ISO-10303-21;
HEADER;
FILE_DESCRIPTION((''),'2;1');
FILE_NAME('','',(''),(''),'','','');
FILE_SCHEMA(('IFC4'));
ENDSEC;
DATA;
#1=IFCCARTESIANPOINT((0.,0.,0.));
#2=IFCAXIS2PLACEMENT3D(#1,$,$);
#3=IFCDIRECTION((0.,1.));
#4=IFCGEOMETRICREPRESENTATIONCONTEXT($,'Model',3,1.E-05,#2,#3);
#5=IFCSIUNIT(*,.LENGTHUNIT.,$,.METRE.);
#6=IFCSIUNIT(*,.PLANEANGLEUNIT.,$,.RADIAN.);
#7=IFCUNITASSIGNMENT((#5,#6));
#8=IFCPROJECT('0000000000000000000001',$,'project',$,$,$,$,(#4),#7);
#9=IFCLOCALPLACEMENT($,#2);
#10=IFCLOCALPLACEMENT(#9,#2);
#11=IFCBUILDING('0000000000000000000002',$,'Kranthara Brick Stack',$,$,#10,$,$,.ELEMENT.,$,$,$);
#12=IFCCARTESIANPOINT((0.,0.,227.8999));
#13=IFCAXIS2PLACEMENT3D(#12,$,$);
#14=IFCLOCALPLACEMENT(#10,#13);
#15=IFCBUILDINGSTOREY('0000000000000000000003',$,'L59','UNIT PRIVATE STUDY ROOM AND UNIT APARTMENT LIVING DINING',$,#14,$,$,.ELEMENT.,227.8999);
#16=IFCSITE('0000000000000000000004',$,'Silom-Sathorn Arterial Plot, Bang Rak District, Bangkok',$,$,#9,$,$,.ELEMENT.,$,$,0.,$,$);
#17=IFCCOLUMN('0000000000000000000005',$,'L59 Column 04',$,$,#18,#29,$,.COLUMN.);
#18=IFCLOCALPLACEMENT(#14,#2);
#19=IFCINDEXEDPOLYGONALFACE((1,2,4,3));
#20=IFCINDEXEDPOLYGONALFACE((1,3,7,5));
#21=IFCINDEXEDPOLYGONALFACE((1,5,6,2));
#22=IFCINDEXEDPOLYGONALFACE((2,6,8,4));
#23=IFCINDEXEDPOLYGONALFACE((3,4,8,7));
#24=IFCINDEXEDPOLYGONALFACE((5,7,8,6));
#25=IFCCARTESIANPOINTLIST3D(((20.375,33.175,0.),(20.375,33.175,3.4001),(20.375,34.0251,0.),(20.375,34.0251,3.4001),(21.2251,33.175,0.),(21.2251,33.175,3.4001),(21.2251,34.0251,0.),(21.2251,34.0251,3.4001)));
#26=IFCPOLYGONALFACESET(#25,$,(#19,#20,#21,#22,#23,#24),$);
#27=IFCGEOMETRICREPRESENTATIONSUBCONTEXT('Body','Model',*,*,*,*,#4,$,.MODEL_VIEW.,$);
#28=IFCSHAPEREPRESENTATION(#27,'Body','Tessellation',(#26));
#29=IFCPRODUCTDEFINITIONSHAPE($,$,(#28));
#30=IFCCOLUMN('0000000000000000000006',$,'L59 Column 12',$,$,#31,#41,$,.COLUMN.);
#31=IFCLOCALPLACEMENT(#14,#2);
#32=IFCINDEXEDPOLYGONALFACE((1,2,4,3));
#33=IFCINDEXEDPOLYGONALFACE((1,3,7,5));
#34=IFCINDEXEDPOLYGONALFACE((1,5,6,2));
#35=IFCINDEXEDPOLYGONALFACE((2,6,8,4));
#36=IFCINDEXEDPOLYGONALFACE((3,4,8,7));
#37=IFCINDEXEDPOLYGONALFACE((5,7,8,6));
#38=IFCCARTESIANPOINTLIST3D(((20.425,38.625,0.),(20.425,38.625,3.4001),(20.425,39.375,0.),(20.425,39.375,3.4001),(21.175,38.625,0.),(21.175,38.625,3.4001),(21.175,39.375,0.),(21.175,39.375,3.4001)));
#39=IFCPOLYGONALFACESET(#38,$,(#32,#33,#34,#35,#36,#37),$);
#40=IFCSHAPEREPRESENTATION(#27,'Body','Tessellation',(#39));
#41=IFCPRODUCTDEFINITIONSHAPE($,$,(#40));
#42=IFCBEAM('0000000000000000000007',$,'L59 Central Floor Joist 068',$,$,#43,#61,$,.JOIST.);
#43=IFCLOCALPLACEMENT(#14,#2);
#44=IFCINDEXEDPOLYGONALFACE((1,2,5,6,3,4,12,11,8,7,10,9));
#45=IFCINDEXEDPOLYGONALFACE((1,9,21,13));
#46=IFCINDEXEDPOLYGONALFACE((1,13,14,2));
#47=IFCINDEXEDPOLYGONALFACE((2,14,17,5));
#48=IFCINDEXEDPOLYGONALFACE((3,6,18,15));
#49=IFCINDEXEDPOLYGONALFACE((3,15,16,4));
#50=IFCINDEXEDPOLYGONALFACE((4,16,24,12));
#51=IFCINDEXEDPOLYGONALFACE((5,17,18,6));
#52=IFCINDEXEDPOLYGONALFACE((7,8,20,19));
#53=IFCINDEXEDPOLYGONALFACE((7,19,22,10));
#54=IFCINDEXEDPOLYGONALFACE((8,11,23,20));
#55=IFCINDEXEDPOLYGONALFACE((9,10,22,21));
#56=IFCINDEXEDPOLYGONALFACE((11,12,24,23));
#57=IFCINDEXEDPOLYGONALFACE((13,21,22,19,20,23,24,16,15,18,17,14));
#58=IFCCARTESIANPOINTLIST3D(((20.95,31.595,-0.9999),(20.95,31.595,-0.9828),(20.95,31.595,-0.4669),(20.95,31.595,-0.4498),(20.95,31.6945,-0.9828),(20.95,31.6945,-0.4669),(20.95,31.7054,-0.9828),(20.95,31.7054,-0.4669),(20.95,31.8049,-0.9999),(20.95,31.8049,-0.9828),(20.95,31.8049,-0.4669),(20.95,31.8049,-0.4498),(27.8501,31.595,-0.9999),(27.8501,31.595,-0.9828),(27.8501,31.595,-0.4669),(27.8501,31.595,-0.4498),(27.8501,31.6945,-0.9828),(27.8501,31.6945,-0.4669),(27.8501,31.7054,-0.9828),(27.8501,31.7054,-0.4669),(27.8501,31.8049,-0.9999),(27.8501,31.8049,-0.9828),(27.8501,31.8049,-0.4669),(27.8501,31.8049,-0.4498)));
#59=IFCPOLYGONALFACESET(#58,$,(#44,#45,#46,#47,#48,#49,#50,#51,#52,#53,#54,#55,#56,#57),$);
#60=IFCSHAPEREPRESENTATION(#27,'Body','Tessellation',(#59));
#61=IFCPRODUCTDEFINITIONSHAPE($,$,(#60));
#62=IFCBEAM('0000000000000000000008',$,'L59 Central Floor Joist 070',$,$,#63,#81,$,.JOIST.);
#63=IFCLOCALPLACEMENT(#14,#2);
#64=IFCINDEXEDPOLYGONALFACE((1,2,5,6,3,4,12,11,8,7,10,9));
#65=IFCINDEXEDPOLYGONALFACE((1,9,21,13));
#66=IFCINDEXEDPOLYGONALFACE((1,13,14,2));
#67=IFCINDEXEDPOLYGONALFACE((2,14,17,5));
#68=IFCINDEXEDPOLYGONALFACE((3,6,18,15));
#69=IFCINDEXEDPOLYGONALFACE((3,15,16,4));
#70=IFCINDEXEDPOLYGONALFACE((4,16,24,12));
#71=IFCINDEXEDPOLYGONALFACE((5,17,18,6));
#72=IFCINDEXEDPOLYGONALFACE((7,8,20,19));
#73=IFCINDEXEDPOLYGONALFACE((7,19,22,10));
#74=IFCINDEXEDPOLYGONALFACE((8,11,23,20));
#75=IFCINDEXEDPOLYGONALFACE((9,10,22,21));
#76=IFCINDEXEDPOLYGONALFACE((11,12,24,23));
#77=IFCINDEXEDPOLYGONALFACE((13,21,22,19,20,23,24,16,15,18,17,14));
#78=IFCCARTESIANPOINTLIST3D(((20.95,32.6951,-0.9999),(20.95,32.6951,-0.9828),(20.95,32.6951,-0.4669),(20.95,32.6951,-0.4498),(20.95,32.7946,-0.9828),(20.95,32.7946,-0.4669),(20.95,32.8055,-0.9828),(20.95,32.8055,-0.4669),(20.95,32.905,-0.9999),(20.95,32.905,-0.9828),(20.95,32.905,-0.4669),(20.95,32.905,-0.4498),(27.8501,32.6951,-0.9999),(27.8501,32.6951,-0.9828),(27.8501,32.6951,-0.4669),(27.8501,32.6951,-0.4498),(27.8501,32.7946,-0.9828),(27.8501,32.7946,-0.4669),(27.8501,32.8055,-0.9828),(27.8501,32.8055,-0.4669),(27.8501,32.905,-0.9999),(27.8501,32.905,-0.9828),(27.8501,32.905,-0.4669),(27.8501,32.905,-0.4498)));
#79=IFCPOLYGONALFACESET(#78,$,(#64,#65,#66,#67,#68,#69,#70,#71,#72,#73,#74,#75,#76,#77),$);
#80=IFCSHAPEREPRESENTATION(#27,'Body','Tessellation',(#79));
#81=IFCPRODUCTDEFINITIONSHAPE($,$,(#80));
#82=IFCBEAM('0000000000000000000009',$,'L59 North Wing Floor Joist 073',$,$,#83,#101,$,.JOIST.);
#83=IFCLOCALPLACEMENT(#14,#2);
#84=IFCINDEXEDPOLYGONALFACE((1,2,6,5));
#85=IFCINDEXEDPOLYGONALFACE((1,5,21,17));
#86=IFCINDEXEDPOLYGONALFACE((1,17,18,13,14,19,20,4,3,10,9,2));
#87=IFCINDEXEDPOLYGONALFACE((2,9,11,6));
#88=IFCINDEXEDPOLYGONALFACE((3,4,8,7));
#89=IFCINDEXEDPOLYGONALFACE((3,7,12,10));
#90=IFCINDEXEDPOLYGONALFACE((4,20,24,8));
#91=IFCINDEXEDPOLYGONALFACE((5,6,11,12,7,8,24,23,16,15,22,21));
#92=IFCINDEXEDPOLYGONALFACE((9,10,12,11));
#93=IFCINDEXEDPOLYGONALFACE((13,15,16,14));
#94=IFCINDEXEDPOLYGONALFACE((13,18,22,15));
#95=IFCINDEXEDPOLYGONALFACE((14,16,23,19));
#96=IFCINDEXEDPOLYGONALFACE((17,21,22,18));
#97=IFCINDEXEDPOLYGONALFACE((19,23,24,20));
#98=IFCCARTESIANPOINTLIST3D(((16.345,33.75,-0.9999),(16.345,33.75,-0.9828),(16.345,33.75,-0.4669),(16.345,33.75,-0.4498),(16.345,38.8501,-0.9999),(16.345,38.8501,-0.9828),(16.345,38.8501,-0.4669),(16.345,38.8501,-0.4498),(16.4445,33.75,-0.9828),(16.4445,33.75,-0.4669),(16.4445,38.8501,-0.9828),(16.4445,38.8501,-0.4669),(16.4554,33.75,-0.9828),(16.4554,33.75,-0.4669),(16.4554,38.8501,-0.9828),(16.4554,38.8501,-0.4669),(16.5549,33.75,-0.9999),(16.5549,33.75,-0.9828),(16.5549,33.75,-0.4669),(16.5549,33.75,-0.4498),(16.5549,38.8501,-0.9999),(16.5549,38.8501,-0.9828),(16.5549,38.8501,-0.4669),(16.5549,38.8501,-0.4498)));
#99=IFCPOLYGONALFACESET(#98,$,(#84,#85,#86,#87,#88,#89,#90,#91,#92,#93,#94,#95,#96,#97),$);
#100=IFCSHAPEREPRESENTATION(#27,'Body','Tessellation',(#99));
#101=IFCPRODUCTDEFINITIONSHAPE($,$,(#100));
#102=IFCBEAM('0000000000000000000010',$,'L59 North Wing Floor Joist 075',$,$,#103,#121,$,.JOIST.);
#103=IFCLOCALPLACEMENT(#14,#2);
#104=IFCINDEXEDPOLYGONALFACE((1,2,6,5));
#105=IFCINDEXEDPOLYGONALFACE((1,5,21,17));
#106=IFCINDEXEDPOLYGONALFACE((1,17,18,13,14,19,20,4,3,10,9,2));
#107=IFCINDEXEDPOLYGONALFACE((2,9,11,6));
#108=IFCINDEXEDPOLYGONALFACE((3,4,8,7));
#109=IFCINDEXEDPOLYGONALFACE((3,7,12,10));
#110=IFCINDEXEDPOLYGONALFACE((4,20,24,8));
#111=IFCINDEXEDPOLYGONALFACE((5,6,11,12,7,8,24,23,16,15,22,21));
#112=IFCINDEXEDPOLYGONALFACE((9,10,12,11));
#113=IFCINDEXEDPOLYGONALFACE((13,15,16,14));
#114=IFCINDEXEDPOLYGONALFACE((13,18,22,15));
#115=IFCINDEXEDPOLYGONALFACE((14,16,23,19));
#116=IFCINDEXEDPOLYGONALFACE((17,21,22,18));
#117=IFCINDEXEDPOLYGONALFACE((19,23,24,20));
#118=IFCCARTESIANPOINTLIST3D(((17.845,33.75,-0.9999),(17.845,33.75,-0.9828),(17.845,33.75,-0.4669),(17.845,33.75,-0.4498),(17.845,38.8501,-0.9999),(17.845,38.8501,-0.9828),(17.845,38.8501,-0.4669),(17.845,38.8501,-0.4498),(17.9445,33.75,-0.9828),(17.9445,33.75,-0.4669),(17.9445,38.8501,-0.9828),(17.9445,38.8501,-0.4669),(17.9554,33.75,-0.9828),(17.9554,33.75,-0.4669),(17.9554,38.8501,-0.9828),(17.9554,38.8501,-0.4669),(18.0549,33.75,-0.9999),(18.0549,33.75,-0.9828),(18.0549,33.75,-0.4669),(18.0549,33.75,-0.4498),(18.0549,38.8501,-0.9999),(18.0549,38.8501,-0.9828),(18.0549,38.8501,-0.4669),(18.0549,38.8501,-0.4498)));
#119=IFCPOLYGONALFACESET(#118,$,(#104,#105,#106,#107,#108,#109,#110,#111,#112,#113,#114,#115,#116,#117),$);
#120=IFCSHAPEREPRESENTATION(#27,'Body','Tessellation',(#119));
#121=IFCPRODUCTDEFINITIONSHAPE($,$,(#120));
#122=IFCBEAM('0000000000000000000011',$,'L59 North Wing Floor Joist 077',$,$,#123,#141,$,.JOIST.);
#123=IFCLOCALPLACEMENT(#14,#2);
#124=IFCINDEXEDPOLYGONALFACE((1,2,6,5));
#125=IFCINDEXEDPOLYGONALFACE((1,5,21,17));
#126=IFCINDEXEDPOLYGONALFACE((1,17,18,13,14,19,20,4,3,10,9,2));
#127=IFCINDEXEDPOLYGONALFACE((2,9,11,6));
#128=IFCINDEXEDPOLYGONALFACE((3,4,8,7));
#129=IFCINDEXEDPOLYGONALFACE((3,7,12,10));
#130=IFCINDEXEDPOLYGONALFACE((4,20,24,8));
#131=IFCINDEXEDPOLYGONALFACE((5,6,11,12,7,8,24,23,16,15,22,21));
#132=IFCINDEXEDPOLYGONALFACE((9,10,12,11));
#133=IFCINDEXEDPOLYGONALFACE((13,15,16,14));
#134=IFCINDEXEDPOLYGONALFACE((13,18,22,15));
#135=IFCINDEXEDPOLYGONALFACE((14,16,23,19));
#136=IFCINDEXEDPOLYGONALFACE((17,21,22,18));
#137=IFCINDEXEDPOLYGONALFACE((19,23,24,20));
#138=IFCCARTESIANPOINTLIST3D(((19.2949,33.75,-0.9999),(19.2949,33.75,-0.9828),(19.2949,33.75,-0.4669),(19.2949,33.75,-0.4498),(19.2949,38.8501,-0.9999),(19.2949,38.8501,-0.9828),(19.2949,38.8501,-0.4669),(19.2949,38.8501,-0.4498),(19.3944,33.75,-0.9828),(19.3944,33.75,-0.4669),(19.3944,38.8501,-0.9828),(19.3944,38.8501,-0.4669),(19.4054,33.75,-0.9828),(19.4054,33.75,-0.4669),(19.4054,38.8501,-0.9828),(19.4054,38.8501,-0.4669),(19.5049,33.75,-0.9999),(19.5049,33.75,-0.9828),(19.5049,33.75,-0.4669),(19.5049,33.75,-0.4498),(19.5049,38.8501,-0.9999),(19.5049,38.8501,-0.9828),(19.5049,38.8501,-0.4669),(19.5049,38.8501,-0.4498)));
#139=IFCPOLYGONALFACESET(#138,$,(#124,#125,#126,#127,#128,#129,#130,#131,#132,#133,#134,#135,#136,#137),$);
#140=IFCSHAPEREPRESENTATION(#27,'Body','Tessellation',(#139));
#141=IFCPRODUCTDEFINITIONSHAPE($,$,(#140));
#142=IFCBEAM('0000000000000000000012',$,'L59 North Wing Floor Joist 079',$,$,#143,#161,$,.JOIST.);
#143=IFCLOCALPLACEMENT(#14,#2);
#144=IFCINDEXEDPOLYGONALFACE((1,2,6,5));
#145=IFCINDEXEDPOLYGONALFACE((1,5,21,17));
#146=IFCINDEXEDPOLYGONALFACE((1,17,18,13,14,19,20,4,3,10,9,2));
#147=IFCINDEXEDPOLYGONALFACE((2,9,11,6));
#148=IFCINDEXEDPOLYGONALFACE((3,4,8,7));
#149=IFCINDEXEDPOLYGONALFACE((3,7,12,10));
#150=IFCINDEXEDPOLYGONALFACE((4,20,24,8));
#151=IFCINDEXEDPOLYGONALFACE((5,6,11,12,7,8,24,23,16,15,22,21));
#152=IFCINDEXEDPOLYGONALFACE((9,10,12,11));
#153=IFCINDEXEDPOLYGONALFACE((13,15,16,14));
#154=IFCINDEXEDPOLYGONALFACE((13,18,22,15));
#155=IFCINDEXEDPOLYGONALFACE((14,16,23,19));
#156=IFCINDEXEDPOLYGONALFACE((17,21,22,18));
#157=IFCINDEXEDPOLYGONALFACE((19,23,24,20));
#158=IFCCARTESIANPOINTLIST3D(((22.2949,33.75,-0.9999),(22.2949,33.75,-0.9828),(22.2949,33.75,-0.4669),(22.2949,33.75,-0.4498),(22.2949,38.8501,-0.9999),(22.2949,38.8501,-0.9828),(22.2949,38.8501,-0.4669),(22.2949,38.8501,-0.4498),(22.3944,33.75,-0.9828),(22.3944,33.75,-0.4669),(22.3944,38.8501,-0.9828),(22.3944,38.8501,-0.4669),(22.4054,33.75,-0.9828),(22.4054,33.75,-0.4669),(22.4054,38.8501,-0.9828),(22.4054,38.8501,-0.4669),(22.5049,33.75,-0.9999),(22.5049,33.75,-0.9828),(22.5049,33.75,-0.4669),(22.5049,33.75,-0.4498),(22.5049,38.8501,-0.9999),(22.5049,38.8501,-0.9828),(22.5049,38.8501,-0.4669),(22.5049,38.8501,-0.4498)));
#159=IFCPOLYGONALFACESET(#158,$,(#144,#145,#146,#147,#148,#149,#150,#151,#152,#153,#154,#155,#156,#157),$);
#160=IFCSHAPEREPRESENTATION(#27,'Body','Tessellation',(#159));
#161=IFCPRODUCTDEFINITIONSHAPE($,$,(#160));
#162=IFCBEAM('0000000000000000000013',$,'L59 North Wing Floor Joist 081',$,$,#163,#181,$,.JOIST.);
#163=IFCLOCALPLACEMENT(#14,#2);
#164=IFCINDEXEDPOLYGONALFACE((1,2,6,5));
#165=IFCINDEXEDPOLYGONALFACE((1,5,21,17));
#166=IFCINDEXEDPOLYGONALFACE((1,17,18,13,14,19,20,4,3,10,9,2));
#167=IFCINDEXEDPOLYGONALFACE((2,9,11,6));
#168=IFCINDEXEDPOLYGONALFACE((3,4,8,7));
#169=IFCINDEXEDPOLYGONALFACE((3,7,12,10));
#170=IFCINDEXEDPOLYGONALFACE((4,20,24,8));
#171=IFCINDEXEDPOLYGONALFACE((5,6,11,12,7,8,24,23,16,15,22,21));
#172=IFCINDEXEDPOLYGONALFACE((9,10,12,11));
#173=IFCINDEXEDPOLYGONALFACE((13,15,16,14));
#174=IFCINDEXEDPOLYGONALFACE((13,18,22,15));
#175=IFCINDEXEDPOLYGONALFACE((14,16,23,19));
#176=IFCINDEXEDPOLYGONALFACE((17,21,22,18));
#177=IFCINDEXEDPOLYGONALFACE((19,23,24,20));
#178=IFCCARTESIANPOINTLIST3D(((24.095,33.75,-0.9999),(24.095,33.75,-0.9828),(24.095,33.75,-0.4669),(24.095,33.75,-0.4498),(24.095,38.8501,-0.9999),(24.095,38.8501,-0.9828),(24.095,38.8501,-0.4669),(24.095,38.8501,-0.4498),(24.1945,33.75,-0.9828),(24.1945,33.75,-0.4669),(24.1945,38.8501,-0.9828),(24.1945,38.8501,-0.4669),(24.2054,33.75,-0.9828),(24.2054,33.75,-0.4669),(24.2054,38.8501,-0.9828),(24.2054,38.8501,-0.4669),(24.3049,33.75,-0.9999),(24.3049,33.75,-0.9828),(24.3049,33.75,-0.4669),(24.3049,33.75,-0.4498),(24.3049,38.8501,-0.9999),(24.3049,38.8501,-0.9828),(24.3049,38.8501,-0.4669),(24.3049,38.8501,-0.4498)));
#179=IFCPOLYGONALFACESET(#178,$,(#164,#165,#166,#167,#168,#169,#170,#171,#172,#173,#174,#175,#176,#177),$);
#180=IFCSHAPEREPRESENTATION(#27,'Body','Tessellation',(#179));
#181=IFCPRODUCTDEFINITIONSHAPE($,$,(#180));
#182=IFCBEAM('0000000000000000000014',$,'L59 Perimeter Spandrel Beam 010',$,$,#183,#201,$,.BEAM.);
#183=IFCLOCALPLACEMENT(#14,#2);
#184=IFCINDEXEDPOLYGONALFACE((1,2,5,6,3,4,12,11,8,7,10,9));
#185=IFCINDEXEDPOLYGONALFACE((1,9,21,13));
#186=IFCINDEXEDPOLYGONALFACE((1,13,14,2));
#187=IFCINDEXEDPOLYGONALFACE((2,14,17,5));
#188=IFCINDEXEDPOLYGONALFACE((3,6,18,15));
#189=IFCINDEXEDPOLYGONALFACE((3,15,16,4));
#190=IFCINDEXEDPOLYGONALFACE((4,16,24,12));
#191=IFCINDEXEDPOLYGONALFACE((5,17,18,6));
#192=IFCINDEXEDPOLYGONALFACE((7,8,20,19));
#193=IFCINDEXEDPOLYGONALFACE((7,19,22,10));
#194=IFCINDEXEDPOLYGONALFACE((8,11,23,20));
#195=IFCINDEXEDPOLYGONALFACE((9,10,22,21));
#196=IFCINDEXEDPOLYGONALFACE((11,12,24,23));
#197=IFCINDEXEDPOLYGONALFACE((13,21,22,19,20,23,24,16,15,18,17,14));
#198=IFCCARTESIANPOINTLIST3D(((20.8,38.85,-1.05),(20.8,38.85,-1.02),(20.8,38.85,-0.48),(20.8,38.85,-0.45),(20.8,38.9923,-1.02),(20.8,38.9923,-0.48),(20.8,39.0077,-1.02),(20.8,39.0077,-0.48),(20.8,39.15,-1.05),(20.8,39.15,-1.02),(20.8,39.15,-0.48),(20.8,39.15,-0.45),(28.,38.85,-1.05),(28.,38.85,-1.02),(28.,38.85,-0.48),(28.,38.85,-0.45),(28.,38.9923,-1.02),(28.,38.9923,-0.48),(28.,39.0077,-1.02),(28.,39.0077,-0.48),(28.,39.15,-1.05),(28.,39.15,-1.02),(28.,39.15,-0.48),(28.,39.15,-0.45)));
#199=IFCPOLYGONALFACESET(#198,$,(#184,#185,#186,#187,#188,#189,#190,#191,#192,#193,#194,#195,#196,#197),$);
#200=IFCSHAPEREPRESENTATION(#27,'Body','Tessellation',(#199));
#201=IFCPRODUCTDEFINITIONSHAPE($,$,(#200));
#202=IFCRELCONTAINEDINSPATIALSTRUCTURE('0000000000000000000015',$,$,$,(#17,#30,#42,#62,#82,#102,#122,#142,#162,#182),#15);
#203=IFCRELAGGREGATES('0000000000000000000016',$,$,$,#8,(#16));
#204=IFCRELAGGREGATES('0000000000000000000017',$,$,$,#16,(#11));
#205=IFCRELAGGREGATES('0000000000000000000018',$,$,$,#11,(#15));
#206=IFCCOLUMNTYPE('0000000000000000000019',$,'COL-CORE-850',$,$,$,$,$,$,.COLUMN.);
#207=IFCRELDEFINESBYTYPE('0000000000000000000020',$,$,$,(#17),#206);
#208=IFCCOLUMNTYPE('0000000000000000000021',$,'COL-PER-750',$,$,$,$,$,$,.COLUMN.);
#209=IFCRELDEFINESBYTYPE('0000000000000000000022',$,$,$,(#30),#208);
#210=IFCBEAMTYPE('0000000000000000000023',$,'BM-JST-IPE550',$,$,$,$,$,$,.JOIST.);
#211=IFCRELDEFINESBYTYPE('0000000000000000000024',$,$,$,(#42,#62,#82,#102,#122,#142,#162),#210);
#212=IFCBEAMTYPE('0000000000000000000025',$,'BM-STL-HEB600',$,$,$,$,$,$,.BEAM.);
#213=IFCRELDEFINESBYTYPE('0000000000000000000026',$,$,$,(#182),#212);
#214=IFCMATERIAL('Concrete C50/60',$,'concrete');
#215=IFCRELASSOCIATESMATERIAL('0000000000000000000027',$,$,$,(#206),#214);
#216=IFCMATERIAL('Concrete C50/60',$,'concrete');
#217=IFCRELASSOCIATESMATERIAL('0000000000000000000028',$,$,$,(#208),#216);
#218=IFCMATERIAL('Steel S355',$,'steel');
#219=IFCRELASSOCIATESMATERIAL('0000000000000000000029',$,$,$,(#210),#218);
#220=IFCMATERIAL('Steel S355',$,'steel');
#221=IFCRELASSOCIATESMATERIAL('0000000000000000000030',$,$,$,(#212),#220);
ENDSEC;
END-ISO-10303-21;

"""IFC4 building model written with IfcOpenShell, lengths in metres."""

from ifc_helpers import new_model, si_unit, direction, frame, origin, origin_2d, place, context, subcontext, project, spatial, rectangle, i_section, extrude, material, material_profile, profile_set, type_object, element, save


model = new_model("IFC4")

# Units and contexts
model_context = context("Model", 3, precision=1e-05, world=origin(), true_north=direction((0.0, 1.0)))
body_context = subcontext(model_context, "Body", "Model", "MODEL_VIEW")
ifc_project = project(units=[si_unit("LENGTHUNIT", "METRE"), si_unit("PLANEANGLEUNIT", "RADIAN")], contexts=[model_context])

# Site, building, storey
site_placement = place(None, origin())
site = spatial("IfcSite", under=ifc_project, at=site_placement, Name="Silom-Sathorn Arterial Plot, Bang Rak District, Bangkok", CompositionType="ELEMENT", RefElevation=0.0)
building_placement = place(site_placement, origin())
building = spatial("IfcBuilding", under=site, at=building_placement, Name="Kranthara Brick Stack", CompositionType="ELEMENT")
storey_placement = place(building_placement, frame((0.0, 0.0, 227.8999)))
storey = spatial("IfcBuildingStorey", under=building, at=storey_placement, Name="L59", Description="UNIT PRIVATE STUDY ROOM AND UNIT APARTMENT LIVING DINING", CompositionType="ELEMENT", Elevation=227.8999)

# Columns
ifc_material_1 = material(Name="Concrete C50/60", Category="concrete")
ifc_material_profile_1 = material_profile(ifc_material_1, rectangle(XDim=0.8501, YDim=0.8501, at=origin_2d()), Name="RC 850x850")
ifc_profile_set_1 = profile_set([ifc_material_profile_1], Name="Concrete C50/60")
column_type_1 = type_object("IfcColumnType", Name="COL-CORE-850", PredefinedType="COLUMN", material=ifc_profile_set_1)
column_1_placement = place(storey_placement, frame((20.8, 33.6001, 0.0), z_axis=(0.0, 0.0, 1.0), x_axis=(1.0, 0.0, 0.0)))
element("IfcColumn", 1, at=column_1_placement, inside=storey, type_object=column_type_1, Name="L59 Column 04", PredefinedType="COLUMN", context=body_context, shape_type="SweptSolid", body=[
    extrude(rectangle(XDim=0.8501, YDim=0.8501, at=origin_2d()), origin(), (0.0, 0.0, 1.0), 3.4001),
])
ifc_material_2 = material(Name="Concrete C50/60", Category="concrete")
ifc_material_profile_2 = material_profile(ifc_material_2, rectangle(XDim=0.75, YDim=0.75, at=origin_2d()), Name="RC 750x750")
ifc_profile_set_2 = profile_set([ifc_material_profile_2], Name="Concrete C50/60")
column_type_2 = type_object("IfcColumnType", Name="COL-PER-750", PredefinedType="COLUMN", material=ifc_profile_set_2)
column_2_placement = place(storey_placement, frame((20.8, 39.0, 0.0), z_axis=(0.0, 0.0, 1.0), x_axis=(1.0, 0.0, 0.0)))
element("IfcColumn", 2, at=column_2_placement, inside=storey, type_object=column_type_2, Name="L59 Column 12", PredefinedType="COLUMN", context=body_context, shape_type="SweptSolid", body=[
    extrude(rectangle(XDim=0.75, YDim=0.75, at=origin_2d()), origin(), (0.0, 0.0, 1.0), 3.4001),
])

# Beams
ifc_material_3 = material(Name="Steel S355", Category="steel")
ifc_material_profile_3 = material_profile(ifc_material_3, i_section(OverallWidth=0.21, OverallDepth=0.55, WebThickness=0.011, FlangeThickness=0.0171, at=origin_2d()), Name="IPE 550")
ifc_profile_set_3 = profile_set([ifc_material_profile_3], Name="Steel S355")
beam_type_1 = type_object("IfcBeamType", Name="BM-JST-IPE550", PredefinedType="JOIST", material=ifc_profile_set_3)
for number, where, z_axis, x_axis, name in (
    (3, (20.95, 31.7, -0.7249), (1.0, 0.0, 0.0), (0.0, 1.0, 0.0), "L59 Central Floor Joist 068"),
    (4, (20.95, 32.8, -0.7249), (1.0, 0.0, 0.0), (0.0, 1.0, 0.0), "L59 Central Floor Joist 070"),
):
    element("IfcBeam", number, at=place(storey_placement, frame(where, z_axis=z_axis, x_axis=x_axis)), inside=storey, type_object=beam_type_1, Name=name, PredefinedType="JOIST", context=body_context, shape_type="SweptSolid", body=[
        extrude(i_section(OverallWidth=0.21, OverallDepth=0.55, WebThickness=0.011, FlangeThickness=0.0171, at=origin_2d()), origin(), (0.0, 0.0, 1.0), 6.9001),
    ])
for number, where, z_axis, x_axis, name in (
    (5, (16.45, 33.75, -0.7249), (0.0, 1.0, 0.0), (-1.0, 0.0, 0.0), "L59 North Wing Floor Joist 073"),
    (6, (17.95, 33.75, -0.7249), (0.0, 1.0, 0.0), (-1.0, 0.0, 0.0), "L59 North Wing Floor Joist 075"),
    (7, (19.3999, 33.75, -0.7249), (0.0, 1.0, 0.0), (-1.0, 0.0, 0.0), "L59 North Wing Floor Joist 077"),
    (8, (22.3999, 33.75, -0.7249), (0.0, 1.0, 0.0), (-1.0, 0.0, 0.0), "L59 North Wing Floor Joist 079"),
    (9, (24.2, 33.75, -0.7249), (0.0, 1.0, 0.0), (-1.0, 0.0, 0.0), "L59 North Wing Floor Joist 081"),
):
    element("IfcBeam", number, at=place(storey_placement, frame(where, z_axis=z_axis, x_axis=x_axis)), inside=storey, type_object=beam_type_1, Name=name, PredefinedType="JOIST", context=body_context, shape_type="SweptSolid", body=[
        extrude(i_section(OverallWidth=0.21, OverallDepth=0.55, WebThickness=0.011, FlangeThickness=0.0171, at=origin_2d()), origin(), (0.0, 0.0, 1.0), 5.1001),
    ])
ifc_material_4 = material(Name="Steel S355", Category="steel")
ifc_material_profile_4 = material_profile(ifc_material_4, i_section(OverallWidth=0.3, OverallDepth=0.6001, WebThickness=0.0154, FlangeThickness=0.03, at=origin_2d()), Name="HEB 600")
ifc_profile_set_4 = profile_set([ifc_material_profile_4], Name="Steel S355")
beam_type_2 = type_object("IfcBeamType", Name="BM-STL-HEB600", PredefinedType="BEAM", material=ifc_profile_set_4)
beam_1_placement = place(storey_placement, frame((20.8, 39.0, -0.75), z_axis=(1.0, 0.0, 0.0), x_axis=(0.0, 1.0, 0.0)))
element("IfcBeam", 10, at=beam_1_placement, inside=storey, type_object=beam_type_2, Name="L59 Perimeter Spandrel Beam 010", PredefinedType="BEAM", context=body_context, shape_type="SweptSolid", body=[
    extrude(i_section(OverallWidth=0.3, OverallDepth=0.6001, WebThickness=0.0154, FlangeThickness=0.03, at=origin_2d()), origin(), (0.0, 0.0, 1.0), 7.2),
])

save(model, "model.ifc")
